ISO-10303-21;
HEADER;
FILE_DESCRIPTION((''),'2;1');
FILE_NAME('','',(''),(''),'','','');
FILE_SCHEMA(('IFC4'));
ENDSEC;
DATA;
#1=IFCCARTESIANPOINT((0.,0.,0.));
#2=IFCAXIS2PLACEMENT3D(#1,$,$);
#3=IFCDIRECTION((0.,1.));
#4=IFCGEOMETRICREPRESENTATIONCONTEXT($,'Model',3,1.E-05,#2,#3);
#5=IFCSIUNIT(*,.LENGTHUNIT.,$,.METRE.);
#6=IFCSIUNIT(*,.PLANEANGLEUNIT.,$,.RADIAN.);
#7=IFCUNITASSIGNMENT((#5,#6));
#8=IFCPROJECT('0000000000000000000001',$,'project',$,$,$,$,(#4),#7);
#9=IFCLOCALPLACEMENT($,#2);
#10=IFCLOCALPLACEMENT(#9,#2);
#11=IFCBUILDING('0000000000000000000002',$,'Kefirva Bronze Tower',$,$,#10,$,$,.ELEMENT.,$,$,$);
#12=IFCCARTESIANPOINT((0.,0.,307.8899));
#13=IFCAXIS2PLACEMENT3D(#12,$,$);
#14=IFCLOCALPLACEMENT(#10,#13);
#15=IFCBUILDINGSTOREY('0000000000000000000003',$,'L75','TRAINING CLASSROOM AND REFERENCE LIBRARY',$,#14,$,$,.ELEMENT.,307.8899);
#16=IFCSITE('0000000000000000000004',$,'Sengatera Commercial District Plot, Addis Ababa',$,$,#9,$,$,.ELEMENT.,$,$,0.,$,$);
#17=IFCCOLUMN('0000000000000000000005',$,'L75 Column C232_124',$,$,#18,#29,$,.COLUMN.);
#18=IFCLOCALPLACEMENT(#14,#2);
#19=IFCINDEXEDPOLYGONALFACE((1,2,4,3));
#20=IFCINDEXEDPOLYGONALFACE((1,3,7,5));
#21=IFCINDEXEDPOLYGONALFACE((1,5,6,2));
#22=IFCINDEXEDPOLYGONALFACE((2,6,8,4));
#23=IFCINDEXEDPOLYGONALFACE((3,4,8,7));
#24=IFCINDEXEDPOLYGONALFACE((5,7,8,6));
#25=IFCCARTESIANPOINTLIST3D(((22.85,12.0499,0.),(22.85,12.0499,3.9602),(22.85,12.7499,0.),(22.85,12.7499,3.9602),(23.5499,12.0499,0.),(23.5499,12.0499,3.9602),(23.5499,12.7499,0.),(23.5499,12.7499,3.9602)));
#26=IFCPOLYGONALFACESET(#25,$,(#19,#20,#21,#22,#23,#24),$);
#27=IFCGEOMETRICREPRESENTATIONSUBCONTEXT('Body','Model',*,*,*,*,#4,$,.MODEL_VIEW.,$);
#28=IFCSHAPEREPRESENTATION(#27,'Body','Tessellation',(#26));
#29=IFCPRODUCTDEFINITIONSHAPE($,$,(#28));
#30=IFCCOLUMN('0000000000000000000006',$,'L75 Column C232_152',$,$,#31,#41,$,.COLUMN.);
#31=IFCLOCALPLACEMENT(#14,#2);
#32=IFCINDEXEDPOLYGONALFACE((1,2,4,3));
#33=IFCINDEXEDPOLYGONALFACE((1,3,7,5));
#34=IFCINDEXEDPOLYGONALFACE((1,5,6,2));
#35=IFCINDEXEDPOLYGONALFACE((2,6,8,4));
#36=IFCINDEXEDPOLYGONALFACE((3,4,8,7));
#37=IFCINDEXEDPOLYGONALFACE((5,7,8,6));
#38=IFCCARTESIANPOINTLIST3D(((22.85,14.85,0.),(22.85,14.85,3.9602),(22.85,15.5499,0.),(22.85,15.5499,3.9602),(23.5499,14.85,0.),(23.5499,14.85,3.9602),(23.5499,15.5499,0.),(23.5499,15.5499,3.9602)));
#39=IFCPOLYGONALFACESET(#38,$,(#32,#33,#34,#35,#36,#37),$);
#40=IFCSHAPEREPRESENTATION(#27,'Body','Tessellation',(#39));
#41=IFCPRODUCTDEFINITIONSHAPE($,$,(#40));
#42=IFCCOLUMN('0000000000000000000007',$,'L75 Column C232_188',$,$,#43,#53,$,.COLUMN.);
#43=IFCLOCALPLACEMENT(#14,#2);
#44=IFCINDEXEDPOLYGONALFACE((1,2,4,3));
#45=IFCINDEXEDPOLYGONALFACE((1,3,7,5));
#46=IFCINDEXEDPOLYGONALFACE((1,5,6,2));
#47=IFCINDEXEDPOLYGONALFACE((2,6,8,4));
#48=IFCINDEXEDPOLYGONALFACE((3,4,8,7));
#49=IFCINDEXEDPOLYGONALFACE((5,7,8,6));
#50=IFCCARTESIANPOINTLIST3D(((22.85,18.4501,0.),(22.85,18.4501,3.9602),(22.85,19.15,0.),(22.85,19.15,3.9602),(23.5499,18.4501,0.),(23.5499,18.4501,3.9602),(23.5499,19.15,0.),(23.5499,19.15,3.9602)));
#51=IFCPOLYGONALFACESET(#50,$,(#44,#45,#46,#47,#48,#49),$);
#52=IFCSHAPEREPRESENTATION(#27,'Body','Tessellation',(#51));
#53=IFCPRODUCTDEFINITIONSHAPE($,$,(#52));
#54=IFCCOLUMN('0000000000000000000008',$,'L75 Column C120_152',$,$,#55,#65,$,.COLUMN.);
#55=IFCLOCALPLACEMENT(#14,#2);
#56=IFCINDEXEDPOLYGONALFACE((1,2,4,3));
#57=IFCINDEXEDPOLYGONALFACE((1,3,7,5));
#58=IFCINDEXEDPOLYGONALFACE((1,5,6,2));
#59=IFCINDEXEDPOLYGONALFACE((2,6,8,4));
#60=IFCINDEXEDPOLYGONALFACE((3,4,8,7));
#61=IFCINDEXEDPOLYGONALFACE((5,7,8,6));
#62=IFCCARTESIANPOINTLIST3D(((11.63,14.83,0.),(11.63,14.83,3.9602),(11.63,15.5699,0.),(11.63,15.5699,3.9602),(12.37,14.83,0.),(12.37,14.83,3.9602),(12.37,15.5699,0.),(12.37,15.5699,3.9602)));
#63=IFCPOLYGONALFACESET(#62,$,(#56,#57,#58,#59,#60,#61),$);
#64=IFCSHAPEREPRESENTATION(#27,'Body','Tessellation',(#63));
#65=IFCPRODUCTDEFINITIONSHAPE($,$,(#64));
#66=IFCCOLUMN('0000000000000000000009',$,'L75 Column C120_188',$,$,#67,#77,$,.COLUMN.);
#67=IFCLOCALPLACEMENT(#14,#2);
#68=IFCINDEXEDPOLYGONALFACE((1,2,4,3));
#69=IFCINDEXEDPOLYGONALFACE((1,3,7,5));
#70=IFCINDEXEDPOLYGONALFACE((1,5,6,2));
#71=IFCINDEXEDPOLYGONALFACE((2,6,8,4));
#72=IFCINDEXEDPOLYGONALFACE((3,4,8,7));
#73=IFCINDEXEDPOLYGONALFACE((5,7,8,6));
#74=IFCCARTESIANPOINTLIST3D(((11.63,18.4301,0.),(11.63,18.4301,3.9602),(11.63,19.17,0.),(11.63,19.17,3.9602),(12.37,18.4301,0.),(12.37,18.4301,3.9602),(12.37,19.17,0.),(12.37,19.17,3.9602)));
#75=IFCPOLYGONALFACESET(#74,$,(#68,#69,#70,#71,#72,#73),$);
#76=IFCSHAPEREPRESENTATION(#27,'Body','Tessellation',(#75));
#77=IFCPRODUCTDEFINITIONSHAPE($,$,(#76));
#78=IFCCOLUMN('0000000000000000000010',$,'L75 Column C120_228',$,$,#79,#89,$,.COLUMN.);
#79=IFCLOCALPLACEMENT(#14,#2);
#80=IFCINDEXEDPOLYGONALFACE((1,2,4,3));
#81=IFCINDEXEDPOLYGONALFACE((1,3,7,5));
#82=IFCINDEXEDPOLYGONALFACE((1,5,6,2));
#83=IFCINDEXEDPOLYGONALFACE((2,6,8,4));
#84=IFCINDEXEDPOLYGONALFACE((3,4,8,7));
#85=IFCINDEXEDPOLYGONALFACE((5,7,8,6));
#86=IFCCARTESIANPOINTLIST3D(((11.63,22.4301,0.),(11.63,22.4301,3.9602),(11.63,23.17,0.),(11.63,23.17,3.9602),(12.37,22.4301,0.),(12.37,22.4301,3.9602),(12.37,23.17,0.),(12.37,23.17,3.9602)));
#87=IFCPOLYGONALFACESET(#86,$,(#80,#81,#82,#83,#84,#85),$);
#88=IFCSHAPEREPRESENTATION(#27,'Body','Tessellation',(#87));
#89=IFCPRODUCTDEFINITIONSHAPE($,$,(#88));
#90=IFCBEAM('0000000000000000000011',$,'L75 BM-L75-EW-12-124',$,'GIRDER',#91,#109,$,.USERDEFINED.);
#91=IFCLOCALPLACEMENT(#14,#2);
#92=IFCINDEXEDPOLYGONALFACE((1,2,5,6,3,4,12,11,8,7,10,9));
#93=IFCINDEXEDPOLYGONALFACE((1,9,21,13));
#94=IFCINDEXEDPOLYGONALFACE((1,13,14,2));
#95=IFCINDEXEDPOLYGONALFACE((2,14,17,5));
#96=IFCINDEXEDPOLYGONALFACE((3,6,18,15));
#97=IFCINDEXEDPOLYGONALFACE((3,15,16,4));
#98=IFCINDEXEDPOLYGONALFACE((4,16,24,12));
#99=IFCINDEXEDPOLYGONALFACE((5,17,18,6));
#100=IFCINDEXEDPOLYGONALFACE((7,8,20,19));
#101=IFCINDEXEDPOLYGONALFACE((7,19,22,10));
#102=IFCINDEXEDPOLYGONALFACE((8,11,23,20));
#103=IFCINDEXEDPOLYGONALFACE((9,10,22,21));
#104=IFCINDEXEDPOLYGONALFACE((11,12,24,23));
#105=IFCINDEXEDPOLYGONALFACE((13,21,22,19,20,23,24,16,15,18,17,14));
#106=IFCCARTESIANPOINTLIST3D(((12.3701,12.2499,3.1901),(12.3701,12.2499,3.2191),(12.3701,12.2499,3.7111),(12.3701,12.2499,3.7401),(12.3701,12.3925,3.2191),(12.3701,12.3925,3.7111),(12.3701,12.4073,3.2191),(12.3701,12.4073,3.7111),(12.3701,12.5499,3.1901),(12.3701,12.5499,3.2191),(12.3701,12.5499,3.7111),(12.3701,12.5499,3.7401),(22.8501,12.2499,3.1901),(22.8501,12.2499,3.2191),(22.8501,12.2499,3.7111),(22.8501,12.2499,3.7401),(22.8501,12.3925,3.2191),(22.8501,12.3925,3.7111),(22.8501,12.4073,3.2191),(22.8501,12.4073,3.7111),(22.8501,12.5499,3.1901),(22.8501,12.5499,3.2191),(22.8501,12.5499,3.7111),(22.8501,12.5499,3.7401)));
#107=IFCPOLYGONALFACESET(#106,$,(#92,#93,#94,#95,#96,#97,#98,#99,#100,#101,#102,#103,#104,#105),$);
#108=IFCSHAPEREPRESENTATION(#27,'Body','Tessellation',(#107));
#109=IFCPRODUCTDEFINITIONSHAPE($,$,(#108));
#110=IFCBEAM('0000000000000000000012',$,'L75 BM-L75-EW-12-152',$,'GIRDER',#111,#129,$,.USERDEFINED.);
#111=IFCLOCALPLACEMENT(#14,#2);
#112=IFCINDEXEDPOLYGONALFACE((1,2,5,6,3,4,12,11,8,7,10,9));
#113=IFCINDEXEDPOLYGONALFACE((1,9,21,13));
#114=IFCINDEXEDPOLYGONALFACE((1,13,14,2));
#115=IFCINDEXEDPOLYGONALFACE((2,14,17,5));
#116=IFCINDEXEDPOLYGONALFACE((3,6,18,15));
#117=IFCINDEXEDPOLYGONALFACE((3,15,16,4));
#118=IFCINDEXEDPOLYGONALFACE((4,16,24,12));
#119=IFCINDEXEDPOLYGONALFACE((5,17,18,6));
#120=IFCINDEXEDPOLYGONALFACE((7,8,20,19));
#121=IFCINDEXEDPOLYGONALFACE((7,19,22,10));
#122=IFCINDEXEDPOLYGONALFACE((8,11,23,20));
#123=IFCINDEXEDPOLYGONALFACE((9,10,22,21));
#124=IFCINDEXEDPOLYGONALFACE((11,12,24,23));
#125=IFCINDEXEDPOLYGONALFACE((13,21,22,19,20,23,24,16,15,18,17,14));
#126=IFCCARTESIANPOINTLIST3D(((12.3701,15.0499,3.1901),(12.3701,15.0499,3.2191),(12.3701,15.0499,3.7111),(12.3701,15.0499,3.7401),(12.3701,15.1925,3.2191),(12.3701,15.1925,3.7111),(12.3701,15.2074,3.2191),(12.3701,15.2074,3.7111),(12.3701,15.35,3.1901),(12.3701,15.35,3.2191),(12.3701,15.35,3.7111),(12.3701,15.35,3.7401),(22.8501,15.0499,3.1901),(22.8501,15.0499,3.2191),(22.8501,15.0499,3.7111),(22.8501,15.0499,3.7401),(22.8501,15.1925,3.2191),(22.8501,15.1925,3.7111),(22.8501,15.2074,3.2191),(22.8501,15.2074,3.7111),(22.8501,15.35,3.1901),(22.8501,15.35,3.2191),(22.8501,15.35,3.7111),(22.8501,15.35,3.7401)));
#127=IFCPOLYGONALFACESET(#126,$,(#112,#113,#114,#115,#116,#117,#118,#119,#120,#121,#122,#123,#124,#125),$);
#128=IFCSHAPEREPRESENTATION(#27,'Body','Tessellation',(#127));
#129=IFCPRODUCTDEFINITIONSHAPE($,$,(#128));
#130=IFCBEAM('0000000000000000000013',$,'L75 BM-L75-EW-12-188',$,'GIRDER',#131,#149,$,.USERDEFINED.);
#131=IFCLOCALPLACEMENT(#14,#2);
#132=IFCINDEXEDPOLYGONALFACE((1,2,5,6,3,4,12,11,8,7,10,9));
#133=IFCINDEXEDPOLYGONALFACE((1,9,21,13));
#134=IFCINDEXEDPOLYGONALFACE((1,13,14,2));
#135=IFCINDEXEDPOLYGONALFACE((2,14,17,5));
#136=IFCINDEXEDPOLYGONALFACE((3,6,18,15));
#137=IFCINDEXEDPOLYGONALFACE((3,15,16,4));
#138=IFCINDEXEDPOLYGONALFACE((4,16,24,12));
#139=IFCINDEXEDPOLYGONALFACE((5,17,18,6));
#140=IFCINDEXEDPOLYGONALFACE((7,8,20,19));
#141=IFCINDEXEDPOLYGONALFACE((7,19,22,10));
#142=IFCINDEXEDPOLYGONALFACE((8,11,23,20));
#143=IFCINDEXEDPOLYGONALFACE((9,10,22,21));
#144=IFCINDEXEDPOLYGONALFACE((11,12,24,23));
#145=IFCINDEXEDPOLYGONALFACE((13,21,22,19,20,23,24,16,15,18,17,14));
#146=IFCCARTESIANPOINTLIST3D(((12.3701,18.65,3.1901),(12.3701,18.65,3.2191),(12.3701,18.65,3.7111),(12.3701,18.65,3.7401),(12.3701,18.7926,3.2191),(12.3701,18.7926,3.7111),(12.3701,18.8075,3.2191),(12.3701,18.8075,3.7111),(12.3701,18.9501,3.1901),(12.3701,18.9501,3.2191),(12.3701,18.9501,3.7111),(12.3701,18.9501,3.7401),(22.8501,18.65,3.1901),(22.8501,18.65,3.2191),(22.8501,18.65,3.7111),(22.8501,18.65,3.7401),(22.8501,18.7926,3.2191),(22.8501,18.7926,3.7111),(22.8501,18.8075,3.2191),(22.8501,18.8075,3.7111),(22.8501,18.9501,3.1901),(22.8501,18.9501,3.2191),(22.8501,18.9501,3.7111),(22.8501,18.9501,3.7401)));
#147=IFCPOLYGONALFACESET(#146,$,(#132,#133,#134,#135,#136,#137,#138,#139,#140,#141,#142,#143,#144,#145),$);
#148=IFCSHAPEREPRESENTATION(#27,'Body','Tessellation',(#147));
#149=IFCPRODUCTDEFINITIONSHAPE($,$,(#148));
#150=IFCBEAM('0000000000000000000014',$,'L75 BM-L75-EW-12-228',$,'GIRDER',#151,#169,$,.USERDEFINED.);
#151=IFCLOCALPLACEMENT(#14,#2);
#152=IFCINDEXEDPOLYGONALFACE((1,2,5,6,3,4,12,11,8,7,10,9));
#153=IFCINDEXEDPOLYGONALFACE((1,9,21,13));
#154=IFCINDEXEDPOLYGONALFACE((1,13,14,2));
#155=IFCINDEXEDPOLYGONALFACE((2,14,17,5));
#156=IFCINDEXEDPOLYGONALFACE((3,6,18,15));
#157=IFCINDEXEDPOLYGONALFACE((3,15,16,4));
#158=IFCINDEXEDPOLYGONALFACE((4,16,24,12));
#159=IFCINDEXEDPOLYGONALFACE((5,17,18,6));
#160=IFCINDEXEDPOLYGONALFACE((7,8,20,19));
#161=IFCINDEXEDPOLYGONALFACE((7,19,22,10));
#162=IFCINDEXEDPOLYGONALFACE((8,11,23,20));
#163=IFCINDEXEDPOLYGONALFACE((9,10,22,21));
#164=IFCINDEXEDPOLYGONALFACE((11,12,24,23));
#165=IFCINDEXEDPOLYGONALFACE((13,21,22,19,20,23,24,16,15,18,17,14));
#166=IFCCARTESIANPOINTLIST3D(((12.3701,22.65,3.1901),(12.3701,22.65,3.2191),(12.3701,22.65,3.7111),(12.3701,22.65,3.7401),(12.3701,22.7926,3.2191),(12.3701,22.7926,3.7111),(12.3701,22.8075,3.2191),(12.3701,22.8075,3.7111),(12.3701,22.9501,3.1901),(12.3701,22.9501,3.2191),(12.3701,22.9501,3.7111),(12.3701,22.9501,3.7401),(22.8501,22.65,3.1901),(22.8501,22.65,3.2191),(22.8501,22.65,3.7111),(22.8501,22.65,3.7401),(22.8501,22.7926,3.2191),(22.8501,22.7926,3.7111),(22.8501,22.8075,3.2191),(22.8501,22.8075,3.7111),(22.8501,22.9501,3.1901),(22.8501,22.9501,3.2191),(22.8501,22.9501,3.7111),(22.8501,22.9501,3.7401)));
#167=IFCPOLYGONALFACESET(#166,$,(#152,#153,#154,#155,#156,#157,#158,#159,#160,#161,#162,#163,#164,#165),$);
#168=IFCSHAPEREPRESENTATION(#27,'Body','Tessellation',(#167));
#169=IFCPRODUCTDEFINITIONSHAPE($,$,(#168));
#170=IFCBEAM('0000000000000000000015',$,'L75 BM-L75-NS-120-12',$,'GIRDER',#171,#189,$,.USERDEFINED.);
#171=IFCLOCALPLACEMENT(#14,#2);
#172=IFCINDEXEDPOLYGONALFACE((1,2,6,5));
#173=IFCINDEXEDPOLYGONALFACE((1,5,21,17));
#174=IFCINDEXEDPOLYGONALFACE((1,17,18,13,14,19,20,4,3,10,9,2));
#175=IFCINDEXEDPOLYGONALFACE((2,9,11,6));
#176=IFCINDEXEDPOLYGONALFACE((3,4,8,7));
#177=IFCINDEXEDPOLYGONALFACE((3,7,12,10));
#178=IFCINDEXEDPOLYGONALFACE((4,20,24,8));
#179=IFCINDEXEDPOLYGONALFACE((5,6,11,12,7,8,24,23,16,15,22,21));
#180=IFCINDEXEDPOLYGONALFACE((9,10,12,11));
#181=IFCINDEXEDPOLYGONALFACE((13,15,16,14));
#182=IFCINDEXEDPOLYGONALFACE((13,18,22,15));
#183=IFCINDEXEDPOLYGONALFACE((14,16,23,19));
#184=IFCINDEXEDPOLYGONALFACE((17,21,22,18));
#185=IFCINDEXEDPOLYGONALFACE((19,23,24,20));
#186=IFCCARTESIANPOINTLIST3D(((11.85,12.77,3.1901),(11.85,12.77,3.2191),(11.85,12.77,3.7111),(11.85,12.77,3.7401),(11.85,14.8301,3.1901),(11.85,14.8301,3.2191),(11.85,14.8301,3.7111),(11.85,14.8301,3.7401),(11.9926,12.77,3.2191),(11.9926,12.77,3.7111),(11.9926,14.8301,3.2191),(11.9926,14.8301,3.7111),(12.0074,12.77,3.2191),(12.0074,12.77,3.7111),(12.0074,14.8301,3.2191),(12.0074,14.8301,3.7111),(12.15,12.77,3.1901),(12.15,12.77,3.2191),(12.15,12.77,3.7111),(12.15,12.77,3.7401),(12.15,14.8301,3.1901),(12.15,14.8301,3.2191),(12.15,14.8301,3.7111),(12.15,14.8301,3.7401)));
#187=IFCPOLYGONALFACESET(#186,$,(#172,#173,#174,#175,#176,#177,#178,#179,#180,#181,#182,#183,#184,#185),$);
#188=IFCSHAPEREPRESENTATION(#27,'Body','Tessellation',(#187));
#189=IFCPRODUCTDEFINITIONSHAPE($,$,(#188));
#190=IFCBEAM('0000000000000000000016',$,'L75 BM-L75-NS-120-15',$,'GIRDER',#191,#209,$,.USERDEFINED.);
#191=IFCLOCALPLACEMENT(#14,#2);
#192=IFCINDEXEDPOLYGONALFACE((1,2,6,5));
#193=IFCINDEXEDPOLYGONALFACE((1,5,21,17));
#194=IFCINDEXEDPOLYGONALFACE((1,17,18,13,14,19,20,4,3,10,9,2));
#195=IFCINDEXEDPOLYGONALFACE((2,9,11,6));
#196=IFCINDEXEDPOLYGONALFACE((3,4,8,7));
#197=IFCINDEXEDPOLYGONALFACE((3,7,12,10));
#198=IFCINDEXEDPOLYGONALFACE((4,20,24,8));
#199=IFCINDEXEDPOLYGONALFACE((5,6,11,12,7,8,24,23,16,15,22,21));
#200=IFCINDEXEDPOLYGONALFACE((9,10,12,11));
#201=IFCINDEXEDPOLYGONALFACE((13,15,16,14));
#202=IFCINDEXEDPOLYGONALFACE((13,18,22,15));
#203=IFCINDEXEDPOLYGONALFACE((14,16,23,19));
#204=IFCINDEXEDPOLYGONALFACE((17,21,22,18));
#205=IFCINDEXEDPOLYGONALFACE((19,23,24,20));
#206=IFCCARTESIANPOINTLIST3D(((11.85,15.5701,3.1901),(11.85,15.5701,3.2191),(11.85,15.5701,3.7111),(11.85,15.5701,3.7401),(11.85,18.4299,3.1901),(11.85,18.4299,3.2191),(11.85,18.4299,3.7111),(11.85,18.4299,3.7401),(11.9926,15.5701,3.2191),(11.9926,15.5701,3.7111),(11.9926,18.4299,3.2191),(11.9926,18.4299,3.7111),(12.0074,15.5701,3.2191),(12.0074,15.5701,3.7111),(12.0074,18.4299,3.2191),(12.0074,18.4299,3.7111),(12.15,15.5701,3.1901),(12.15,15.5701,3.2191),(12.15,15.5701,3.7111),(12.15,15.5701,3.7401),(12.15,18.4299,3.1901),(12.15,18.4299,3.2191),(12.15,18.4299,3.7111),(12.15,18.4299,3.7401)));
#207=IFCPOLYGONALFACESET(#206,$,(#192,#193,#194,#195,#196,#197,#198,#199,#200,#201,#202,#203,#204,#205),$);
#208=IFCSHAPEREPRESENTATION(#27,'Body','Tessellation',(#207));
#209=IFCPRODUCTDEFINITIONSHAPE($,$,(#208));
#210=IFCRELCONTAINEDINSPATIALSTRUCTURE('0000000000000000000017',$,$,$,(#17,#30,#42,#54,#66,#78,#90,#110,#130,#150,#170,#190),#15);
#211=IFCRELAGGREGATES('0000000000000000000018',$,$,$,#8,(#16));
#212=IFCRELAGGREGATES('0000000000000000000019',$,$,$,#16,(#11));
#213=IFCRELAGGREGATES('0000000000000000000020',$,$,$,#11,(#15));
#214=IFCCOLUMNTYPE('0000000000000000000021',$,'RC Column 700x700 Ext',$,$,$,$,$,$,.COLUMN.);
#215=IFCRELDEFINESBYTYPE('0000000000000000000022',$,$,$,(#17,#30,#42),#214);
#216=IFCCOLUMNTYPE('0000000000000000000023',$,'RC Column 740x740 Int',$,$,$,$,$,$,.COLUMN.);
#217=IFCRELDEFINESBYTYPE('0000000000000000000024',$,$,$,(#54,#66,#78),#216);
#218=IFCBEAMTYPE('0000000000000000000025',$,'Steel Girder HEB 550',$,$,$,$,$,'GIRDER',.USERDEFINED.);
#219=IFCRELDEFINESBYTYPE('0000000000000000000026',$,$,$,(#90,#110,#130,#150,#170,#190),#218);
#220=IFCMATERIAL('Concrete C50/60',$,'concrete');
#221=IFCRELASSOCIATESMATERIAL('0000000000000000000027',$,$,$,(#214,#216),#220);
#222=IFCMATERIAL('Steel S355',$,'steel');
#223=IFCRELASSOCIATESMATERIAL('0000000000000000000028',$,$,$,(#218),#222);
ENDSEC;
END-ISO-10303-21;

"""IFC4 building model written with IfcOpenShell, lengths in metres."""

from ifc_helpers import new_model, si_unit, direction, frame, origin, origin_2d, place, context, subcontext, project, spatial, rectangle, i_section, extrude, material, material_profile, profile_set, type_object, element, save


model = new_model("IFC4")

# Units and contexts
model_context = context("Model", 3, precision=1e-05, world=origin(), true_north=direction((0.0, 1.0)))
body_context = subcontext(model_context, "Body", "Model", "MODEL_VIEW")
ifc_project = project(units=[si_unit("LENGTHUNIT", "METRE"), si_unit("PLANEANGLEUNIT", "RADIAN")], contexts=[model_context])

# Site, building, storey
site_placement = place(None, origin())
site = spatial("IfcSite", under=ifc_project, at=site_placement, Name="Sengatera Commercial District Plot, Addis Ababa", CompositionType="ELEMENT", RefElevation=0.0)
building_placement = place(site_placement, origin())
building = spatial("IfcBuilding", under=site, at=building_placement, Name="Kefirva Bronze Tower", CompositionType="ELEMENT")
storey_placement = place(building_placement, frame((0.0, 0.0, 307.8899)))
storey = spatial("IfcBuildingStorey", under=building, at=storey_placement, Name="L75", Description="TRAINING CLASSROOM AND REFERENCE LIBRARY", CompositionType="ELEMENT", Elevation=307.8899)

# Columns
ifc_material_1 = material(Name="Concrete C50/60", Category="concrete")
ifc_material_profile_1 = material_profile(ifc_material_1, rectangle(XDim=0.7, YDim=0.7, at=origin_2d()), Name="RC 700x700")
ifc_profile_set_1 = profile_set([ifc_material_profile_1], Name="Concrete C50/60")
column_type_1 = type_object("IfcColumnType", Name="RC Column 700x700 Ext", PredefinedType="COLUMN", material=ifc_profile_set_1)
for number, where, z_axis, x_axis, name in (
    (1, (23.2, 12.3999, 0.0), (0.0, 0.0, 1.0), (1.0, 0.0, 0.0), "L75 Column C232_124"),
    (2, (23.2, 15.2, 0.0), (0.0, 0.0, 1.0), (1.0, 0.0, 0.0), "L75 Column C232_152"),
    (3, (23.2, 18.8, 0.0), (0.0, 0.0, 1.0), (1.0, 0.0, 0.0), "L75 Column C232_188"),
):
    element("IfcColumn", number, at=place(storey_placement, frame(where, z_axis=z_axis, x_axis=x_axis)), inside=storey, type_object=column_type_1, Name=name, PredefinedType="COLUMN", context=body_context, shape_type="SweptSolid", body=[
        extrude(rectangle(XDim=0.7, YDim=0.7, at=origin_2d()), origin(), (0.0, 0.0, 1.0), 3.9602),
    ])
ifc_material_profile_2 = material_profile(ifc_material_1, rectangle(XDim=0.74, YDim=0.74, at=origin_2d()), Name="RC 740x740")
ifc_profile_set_2 = profile_set([ifc_material_profile_2], Name="Concrete C50/60")
column_type_2 = type_object("IfcColumnType", Name="RC Column 740x740 Int", PredefinedType="COLUMN", material=ifc_profile_set_2)
for number, where, z_axis, x_axis, name in (
    (4, (12.0, 15.2, 0.0), (0.0, 0.0, 1.0), (1.0, 0.0, 0.0), "L75 Column C120_152"),
    (5, (12.0, 18.8, 0.0), (0.0, 0.0, 1.0), (1.0, 0.0, 0.0), "L75 Column C120_188"),
    (6, (12.0, 22.8, 0.0), (0.0, 0.0, 1.0), (1.0, 0.0, 0.0), "L75 Column C120_228"),
):
    element("IfcColumn", number, at=place(storey_placement, frame(where, z_axis=z_axis, x_axis=x_axis)), inside=storey, type_object=column_type_2, Name=name, PredefinedType="COLUMN", context=body_context, shape_type="SweptSolid", body=[
        extrude(rectangle(XDim=0.74, YDim=0.74, at=origin_2d()), origin(), (0.0, 0.0, 1.0), 3.9602),
    ])

# Beams
ifc_material_2 = material(Name="Steel S355", Category="steel")
ifc_material_profile_3 = material_profile(ifc_material_2, i_section(OverallWidth=0.3, OverallDepth=0.55, WebThickness=0.0149, FlangeThickness=0.0291, at=origin_2d()), Name="HEB 550")
ifc_profile_set_3 = profile_set([ifc_material_profile_3], Name="Steel S355")
beam_type_1 = type_object("IfcBeamType", Name="Steel Girder HEB 550", ElementType="GIRDER", PredefinedType="USERDEFINED", material=ifc_profile_set_3)
for number, where, z_axis, x_axis, name in (
    (7, (12.3701, 12.3999, 3.4651), (1.0, 0.0, 0.0), (0.0, 1.0, 0.0), "L75 BM-L75-EW-12-124"),
    (8, (12.3701, 15.2, 3.4651), (1.0, 0.0, 0.0), (0.0, 1.0, 0.0), "L75 BM-L75-EW-12-152"),
    (9, (12.3701, 18.8, 3.4651), (1.0, 0.0, 0.0), (0.0, 1.0, 0.0), "L75 BM-L75-EW-12-188"),
    (10, (12.3701, 22.8, 3.4651), (1.0, 0.0, 0.0), (0.0, 1.0, 0.0), "L75 BM-L75-EW-12-228"),
):
    element("IfcBeam", number, at=place(storey_placement, frame(where, z_axis=z_axis, x_axis=x_axis)), inside=storey, type_object=beam_type_1, Name=name, ObjectType="GIRDER", PredefinedType="USERDEFINED", context=body_context, shape_type="SweptSolid", body=[
        extrude(i_section(OverallWidth=0.3, OverallDepth=0.55, WebThickness=0.0149, FlangeThickness=0.0291, at=origin_2d()), origin(), (0.0, 0.0, 1.0), 10.48),
    ])
beam_1_placement = place(storey_placement, frame((12.0, 12.77, 3.4651), z_axis=(0.0, 1.0, 0.0), x_axis=(-1.0, 0.0, 0.0)))
element("IfcBeam", 11, at=beam_1_placement, inside=storey, type_object=beam_type_1, Name="L75 BM-L75-NS-120-12", ObjectType="GIRDER", PredefinedType="USERDEFINED", context=body_context, shape_type="SweptSolid", body=[
    extrude(i_section(OverallWidth=0.3, OverallDepth=0.55, WebThickness=0.0149, FlangeThickness=0.0291, at=origin_2d()), origin(), (0.0, 0.0, 1.0), 2.0601),
])
beam_2_placement = place(storey_placement, frame((12.0, 15.5701, 3.4651), z_axis=(0.0, 1.0, 0.0), x_axis=(-1.0, 0.0, 0.0)))
element("IfcBeam", 12, at=beam_2_placement, inside=storey, type_object=beam_type_1, Name="L75 BM-L75-NS-120-15", ObjectType="GIRDER", PredefinedType="USERDEFINED", context=body_context, shape_type="SweptSolid", body=[
    extrude(i_section(OverallWidth=0.3, OverallDepth=0.55, WebThickness=0.0149, FlangeThickness=0.0291, at=origin_2d()), origin(), (0.0, 0.0, 1.0), 2.8599),
])

save(model, "model.ifc")
